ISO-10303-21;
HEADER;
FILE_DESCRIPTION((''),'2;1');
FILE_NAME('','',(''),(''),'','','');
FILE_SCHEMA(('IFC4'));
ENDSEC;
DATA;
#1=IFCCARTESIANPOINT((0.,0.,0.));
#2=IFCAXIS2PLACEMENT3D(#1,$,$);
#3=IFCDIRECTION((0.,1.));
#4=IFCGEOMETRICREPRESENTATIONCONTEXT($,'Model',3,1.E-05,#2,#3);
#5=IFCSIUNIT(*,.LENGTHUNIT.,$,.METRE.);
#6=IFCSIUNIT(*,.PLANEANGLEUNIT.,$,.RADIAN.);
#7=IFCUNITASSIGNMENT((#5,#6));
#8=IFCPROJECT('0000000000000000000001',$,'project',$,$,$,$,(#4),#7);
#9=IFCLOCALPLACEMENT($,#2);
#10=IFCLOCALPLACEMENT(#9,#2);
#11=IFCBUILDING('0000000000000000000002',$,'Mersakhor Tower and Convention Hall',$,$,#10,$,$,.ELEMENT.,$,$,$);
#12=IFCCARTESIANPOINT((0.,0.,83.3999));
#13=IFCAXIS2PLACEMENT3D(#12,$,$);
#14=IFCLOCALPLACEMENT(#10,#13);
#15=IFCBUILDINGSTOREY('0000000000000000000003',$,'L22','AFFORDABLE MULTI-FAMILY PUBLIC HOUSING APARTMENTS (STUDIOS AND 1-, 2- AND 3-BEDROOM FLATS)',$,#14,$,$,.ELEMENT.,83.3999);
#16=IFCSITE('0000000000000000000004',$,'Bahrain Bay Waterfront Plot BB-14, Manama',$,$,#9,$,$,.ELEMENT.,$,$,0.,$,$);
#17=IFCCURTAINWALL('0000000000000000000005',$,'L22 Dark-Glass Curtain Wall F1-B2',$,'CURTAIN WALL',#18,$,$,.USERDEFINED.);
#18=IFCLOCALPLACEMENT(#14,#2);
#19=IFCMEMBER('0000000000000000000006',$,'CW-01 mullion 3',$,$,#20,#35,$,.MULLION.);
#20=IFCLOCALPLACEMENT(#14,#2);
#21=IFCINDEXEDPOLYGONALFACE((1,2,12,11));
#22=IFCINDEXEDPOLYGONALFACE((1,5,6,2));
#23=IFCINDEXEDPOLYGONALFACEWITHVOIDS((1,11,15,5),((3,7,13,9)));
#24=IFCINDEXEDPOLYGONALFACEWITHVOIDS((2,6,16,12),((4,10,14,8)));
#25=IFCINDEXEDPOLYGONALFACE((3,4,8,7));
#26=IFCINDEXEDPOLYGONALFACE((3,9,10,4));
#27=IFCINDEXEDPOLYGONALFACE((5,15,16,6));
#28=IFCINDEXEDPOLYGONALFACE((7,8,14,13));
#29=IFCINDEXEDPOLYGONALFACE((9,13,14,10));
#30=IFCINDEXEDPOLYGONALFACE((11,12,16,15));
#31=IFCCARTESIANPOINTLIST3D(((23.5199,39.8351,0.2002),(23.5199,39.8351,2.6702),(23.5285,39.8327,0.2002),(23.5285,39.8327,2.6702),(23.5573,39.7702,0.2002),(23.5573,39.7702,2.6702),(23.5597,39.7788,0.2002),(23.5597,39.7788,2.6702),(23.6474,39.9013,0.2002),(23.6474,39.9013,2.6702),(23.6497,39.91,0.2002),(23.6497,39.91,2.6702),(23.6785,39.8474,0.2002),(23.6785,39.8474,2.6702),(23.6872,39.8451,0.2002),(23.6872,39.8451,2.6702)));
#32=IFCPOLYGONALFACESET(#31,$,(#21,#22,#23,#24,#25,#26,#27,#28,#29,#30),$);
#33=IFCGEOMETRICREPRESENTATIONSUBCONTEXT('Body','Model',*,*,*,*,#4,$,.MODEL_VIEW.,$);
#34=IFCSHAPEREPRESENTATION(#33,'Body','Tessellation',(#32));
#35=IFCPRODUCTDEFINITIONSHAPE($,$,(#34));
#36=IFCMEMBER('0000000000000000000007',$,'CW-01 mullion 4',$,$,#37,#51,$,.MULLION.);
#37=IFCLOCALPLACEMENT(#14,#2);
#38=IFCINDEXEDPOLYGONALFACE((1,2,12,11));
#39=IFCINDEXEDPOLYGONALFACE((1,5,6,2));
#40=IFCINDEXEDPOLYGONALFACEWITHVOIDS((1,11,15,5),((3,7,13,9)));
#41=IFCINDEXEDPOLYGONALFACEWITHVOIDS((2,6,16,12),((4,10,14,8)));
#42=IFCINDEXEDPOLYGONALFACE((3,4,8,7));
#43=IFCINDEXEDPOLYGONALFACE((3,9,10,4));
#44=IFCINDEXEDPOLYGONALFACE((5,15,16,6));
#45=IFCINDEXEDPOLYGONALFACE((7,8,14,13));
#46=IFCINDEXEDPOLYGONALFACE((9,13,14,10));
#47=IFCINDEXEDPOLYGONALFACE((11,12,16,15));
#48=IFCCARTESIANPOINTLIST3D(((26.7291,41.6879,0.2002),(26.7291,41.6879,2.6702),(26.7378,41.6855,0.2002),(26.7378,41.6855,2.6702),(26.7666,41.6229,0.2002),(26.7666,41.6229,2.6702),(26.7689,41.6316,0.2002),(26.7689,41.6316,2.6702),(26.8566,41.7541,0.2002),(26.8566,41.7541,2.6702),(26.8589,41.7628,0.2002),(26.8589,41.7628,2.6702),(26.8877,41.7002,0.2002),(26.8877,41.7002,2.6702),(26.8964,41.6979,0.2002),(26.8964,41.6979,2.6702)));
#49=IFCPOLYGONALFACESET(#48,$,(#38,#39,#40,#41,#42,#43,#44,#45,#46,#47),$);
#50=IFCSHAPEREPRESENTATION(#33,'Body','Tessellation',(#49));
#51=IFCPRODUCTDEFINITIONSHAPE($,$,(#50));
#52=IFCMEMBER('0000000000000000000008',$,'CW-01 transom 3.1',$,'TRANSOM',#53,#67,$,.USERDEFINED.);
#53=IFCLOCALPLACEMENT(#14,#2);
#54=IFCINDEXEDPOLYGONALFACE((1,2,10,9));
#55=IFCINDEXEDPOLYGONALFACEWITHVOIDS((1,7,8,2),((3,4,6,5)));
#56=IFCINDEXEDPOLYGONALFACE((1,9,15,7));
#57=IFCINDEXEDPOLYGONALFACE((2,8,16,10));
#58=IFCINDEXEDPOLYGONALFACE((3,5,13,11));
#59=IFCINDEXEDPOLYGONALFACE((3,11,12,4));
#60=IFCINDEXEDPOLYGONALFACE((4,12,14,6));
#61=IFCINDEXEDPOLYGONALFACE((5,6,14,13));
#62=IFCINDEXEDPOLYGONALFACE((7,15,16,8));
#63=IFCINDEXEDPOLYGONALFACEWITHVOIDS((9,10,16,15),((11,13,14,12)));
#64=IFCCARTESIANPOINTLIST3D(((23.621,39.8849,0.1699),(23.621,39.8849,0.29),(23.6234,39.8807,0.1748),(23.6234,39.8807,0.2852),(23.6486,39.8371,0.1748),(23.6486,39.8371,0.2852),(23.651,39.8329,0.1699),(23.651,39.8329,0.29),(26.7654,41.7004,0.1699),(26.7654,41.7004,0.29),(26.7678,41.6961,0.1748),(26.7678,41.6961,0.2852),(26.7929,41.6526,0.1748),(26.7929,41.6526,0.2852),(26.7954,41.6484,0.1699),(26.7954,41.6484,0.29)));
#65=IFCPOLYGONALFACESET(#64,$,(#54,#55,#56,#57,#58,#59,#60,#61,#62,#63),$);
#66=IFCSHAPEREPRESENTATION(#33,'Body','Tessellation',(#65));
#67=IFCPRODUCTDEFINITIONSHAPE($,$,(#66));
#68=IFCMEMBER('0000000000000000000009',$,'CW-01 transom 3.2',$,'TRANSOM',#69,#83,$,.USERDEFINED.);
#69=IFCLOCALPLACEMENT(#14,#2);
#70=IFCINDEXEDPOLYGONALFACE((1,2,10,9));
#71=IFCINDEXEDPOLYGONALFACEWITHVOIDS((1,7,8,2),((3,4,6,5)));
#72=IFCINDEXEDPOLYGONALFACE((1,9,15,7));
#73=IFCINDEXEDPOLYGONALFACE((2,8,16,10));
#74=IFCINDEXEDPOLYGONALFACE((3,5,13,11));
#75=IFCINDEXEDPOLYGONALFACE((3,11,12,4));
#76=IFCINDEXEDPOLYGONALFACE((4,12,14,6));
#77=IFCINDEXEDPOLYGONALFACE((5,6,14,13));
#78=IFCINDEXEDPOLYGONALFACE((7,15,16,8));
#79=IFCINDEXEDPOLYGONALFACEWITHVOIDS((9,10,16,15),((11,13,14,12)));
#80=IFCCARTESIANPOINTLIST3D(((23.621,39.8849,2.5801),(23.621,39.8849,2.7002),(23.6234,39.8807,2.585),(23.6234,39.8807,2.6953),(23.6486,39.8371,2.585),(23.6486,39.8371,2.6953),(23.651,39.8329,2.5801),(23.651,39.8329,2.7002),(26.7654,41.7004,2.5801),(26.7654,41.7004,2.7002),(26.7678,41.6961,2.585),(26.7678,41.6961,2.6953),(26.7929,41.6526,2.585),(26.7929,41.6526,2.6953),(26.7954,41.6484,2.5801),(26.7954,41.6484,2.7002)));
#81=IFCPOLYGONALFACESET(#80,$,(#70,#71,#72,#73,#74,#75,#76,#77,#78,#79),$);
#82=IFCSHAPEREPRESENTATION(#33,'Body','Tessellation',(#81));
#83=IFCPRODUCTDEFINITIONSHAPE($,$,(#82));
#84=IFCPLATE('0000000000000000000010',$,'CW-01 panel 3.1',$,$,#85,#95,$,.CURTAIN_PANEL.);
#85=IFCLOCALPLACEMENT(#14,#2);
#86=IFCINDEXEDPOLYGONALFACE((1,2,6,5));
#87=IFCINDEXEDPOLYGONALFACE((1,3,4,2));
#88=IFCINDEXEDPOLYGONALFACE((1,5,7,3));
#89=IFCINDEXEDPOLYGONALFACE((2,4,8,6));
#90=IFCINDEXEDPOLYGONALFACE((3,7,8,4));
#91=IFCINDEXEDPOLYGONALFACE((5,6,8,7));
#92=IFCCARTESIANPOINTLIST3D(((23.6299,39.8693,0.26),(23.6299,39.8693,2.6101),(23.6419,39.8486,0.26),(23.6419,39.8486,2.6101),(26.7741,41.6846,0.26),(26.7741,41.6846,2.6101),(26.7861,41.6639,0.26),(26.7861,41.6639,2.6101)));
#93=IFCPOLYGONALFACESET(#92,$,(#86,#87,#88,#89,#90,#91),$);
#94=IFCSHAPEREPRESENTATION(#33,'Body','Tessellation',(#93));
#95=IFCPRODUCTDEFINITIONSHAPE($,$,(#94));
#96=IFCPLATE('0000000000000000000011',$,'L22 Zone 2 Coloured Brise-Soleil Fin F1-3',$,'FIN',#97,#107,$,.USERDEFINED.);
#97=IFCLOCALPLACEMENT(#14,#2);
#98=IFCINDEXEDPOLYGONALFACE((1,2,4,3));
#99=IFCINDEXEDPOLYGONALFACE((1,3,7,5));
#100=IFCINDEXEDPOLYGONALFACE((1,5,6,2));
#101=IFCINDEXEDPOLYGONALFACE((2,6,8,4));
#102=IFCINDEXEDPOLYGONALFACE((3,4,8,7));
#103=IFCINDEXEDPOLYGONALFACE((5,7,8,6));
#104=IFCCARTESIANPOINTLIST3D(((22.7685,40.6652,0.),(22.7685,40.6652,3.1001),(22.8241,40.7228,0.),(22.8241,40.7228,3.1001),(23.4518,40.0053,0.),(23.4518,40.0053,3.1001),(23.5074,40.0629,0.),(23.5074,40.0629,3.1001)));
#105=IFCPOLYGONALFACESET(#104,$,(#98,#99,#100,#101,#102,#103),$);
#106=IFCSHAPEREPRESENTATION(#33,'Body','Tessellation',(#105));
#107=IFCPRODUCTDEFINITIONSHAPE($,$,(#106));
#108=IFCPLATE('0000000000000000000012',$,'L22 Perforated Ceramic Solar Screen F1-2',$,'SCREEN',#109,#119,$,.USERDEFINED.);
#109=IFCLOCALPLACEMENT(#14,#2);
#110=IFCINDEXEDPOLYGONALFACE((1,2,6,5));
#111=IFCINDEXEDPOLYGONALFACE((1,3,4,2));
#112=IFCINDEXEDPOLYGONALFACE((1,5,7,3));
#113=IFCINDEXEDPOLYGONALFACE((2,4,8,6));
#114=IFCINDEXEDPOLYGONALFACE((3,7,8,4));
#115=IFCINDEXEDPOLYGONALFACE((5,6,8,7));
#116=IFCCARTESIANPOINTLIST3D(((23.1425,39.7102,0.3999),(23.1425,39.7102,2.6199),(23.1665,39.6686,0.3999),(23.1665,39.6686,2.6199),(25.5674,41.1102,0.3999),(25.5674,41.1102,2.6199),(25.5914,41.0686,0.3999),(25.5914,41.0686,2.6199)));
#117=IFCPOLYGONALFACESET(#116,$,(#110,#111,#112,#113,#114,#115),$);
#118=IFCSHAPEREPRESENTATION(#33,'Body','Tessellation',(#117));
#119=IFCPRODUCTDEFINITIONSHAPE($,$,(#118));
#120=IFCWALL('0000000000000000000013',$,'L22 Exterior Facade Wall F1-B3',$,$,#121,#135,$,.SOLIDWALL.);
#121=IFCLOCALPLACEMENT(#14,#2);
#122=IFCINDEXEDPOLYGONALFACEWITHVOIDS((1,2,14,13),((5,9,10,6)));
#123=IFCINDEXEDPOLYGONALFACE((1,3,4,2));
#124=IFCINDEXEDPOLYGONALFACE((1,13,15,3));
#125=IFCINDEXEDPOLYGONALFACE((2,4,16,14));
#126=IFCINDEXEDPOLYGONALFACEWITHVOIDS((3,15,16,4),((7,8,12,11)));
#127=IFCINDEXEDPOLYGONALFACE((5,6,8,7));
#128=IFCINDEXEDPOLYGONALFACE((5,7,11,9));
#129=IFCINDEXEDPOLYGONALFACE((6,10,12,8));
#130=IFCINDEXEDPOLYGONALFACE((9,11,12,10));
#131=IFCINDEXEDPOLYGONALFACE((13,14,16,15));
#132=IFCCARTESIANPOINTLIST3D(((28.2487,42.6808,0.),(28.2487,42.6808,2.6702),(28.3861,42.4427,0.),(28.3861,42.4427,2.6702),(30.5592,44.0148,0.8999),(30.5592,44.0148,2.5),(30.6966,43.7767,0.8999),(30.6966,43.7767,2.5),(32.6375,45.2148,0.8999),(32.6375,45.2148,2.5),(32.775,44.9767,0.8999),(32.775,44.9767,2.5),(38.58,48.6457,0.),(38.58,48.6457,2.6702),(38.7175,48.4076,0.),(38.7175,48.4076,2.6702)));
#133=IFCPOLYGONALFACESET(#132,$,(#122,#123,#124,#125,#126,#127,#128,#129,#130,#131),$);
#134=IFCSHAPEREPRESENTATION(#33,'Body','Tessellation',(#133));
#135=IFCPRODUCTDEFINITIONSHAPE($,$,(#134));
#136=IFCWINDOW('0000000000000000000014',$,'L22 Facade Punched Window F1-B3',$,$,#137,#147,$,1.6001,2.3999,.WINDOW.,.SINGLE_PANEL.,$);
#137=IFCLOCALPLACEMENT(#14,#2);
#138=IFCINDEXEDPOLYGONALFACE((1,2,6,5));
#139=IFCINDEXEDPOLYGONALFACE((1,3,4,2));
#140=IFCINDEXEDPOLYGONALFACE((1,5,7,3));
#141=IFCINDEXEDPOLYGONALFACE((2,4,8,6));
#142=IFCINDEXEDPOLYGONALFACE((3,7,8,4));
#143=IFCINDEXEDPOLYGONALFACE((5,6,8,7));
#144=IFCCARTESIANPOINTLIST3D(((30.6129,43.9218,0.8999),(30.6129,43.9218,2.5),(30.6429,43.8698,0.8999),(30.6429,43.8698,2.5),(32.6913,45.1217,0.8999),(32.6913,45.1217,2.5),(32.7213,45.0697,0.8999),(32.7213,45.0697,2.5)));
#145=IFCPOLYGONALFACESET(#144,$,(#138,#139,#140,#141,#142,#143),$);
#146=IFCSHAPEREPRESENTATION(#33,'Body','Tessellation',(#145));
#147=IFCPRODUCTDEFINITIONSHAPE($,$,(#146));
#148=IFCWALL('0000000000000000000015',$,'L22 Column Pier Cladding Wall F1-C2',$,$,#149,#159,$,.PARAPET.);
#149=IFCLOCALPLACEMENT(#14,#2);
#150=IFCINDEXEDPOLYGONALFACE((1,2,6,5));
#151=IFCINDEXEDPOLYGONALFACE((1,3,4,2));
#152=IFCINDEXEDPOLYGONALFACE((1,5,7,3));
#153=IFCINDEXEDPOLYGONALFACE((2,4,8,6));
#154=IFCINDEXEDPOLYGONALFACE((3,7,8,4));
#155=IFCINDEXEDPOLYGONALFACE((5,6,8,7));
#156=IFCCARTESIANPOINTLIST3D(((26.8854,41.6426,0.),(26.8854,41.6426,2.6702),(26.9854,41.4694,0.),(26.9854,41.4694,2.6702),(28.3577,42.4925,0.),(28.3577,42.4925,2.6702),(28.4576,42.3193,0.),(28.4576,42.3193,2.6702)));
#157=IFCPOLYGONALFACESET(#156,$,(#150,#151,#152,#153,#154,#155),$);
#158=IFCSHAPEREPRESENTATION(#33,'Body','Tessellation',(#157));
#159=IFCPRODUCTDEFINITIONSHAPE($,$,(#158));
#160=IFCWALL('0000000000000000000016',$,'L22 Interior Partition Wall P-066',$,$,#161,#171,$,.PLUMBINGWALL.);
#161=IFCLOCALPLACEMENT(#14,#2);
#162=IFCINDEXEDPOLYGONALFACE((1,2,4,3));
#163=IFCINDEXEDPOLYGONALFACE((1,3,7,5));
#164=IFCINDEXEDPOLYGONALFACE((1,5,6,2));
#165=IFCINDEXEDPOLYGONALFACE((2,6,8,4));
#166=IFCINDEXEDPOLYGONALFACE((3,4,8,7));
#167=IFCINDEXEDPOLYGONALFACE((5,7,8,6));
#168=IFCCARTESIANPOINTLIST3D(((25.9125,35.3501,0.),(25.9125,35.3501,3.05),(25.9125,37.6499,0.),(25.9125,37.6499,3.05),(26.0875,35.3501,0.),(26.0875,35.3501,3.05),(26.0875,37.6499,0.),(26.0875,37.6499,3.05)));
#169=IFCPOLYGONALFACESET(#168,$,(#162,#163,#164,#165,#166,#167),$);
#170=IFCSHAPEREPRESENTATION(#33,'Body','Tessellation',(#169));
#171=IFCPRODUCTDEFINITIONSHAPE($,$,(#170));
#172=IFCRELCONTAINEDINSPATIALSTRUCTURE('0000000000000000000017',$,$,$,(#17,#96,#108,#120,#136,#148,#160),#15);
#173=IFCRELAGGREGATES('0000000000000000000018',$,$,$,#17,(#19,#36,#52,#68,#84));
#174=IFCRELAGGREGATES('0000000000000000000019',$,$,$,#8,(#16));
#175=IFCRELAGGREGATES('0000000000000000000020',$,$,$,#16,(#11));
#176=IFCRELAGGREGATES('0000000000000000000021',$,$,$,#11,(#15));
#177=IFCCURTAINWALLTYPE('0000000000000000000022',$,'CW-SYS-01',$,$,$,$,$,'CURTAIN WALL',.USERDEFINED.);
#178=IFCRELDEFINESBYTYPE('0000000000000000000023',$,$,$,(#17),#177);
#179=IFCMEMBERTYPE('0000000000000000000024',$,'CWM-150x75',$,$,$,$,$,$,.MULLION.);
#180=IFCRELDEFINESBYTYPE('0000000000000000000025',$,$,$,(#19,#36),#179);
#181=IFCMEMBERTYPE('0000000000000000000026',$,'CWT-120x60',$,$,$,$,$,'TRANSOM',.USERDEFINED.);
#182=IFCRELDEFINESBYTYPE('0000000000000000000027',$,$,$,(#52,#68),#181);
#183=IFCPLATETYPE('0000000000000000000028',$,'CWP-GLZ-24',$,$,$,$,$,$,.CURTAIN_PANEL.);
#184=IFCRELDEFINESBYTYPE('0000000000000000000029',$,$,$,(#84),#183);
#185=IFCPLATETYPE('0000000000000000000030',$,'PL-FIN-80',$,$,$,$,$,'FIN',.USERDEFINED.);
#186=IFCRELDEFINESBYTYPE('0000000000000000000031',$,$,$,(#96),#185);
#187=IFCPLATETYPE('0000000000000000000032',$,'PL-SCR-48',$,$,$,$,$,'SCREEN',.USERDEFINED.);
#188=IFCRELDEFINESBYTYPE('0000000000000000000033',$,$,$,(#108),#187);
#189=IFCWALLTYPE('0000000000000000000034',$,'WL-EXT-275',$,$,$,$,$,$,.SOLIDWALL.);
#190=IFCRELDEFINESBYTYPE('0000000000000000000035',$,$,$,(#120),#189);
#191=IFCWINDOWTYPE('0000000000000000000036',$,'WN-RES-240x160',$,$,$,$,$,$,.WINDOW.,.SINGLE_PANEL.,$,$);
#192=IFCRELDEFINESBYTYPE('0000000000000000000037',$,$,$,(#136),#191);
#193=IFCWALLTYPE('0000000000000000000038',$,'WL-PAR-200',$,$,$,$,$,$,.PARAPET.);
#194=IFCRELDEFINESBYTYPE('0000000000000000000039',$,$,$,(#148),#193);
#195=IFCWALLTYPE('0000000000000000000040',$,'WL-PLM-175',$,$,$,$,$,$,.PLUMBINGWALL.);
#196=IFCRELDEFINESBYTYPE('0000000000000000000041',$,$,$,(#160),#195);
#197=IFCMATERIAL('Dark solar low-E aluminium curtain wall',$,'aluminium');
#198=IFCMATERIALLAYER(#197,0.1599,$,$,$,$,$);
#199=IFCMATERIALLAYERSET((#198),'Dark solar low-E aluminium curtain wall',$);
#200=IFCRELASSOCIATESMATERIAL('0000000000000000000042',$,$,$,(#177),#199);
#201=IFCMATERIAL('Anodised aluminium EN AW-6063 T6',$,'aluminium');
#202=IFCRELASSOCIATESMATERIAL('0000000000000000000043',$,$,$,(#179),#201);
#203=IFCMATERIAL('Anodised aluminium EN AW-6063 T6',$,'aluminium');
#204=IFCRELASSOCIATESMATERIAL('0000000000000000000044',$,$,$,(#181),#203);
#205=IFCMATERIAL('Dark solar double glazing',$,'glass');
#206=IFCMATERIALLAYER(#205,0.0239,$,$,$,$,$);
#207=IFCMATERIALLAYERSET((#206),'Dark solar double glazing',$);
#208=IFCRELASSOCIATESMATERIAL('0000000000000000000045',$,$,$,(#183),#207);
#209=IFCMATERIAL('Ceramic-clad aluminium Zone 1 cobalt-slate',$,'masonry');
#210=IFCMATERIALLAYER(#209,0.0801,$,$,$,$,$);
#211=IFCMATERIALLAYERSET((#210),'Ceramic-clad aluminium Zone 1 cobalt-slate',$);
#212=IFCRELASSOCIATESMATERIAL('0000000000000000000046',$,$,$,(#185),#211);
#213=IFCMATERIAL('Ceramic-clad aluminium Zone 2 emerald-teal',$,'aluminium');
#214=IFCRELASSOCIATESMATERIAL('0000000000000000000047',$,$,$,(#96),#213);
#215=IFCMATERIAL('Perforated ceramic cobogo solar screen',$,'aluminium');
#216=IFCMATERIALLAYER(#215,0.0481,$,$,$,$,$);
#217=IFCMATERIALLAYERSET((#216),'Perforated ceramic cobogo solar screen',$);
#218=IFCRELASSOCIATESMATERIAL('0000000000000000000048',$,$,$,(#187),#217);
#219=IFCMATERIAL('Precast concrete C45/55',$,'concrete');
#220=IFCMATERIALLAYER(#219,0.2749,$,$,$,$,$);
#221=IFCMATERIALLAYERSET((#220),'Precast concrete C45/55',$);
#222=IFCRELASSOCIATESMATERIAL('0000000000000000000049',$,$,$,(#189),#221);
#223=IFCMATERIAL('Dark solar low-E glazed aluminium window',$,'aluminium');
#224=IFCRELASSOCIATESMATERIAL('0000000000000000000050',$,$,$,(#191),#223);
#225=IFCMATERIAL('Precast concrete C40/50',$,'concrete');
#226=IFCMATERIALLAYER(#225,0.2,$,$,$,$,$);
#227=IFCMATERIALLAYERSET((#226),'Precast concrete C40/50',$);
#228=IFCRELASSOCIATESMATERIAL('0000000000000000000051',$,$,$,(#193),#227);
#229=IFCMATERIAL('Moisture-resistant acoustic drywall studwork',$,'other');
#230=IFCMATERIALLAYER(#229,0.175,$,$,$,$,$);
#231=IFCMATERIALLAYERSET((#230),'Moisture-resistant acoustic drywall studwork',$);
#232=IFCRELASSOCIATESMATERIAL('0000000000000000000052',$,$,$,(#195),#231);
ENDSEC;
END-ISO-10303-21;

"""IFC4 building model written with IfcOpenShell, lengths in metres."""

from ifc_helpers import new_model, si_unit, direction, frame, frame_2d, origin, origin_2d, place, context, subcontext, project, spatial, rectangle, hollow_rectangle, extrude, material, layer, layer_set, material_profile, profile_set, type_object, element, fill, aggregate, save


model = new_model("IFC4")

# Units and contexts
model_context = context("Model", 3, precision=1e-05, world=origin(), true_north=direction((0.0, 1.0)))
body_context = subcontext(model_context, "Body", "Model", "MODEL_VIEW")
ifc_project = project(units=[si_unit("LENGTHUNIT", "METRE"), si_unit("PLANEANGLEUNIT", "RADIAN")], contexts=[model_context])

# Site, building, storey
site_placement = place(None, origin())
site = spatial("IfcSite", under=ifc_project, at=site_placement, Name="Bahrain Bay Waterfront Plot BB-14, Manama", CompositionType="ELEMENT", RefElevation=0.0)
building_placement = place(site_placement, origin())
building = spatial("IfcBuilding", under=site, at=building_placement, Name="Mersakhor Tower and Convention Hall", CompositionType="ELEMENT")
storey_placement = place(building_placement, frame((0.0, 0.0, 83.3999)))
storey = spatial("IfcBuildingStorey", under=building, at=storey_placement, Name="L22", Description="AFFORDABLE MULTI-FAMILY PUBLIC HOUSING APARTMENTS (STUDIOS AND 1-, 2- AND 3-BEDROOM FLATS)", CompositionType="ELEMENT", Elevation=83.3999)

# Curtain wall, members, plate
ifc_material_1 = material(Name="Dark solar low-E aluminium curtain wall", Category="aluminium")
ifc_layer_1 = layer(ifc_material_1, 0.1599)
ifc_layer_set_1 = layer_set([ifc_layer_1], Name="Dark solar low-E aluminium curtain wall")
curtain_wall_type = type_object("IfcCurtainWallType", Name="CW-SYS-01", ElementType="CURTAIN WALL", PredefinedType="USERDEFINED", material=ifc_layer_set_1)
curtain_wall_placement = place(storey_placement, origin())
curtain_wall = element("IfcCurtainWall", 1, at=curtain_wall_placement, inside=storey, type_object=curtain_wall_type, Name="L22 Dark-Glass Curtain Wall F1-B2", ObjectType="CURTAIN WALL", PredefinedType="USERDEFINED")
ifc_material_2 = material(Name="Anodised aluminium EN AW-6063 T6", Category="aluminium")
ifc_material_profile_1 = material_profile(ifc_material_2, hollow_rectangle(XDim=0.075, YDim=0.1499, WallThickness=0.0063, at=origin_2d()), Name="RHS 150x75x6.3")
ifc_profile_set_1 = profile_set([ifc_material_profile_1], Name="Anodised aluminium EN AW-6063 T6")
member_type_1 = type_object("IfcMemberType", Name="CWM-150x75", PredefinedType="MULLION", material=ifc_profile_set_1)
member_1_placement = place(storey_placement, frame((23.6035, 39.8401, 0.2002), z_axis=(0.0, 0.0, 1.0), x_axis=(-0.499998, 0.866027, 0.0)))
member_1 = element("IfcMember", 2, at=member_1_placement, type_object=member_type_1, Name="CW-01 mullion 3", PredefinedType="MULLION", context=body_context, shape_type="SweptSolid", body=[
    extrude(hollow_rectangle(XDim=0.075, YDim=0.1499, WallThickness=0.0063, at=origin_2d()), origin(), (0.0, 0.0, 1.0), 2.47),
])
member_2_placement = place(storey_placement, frame((26.8127, 41.6929, 0.2002), z_axis=(0.0, 0.0, 1.0), x_axis=(-0.499998, 0.866027, 0.0)))
member_2 = element("IfcMember", 3, at=member_2_placement, type_object=member_type_1, Name="CW-01 mullion 4", PredefinedType="MULLION", context=body_context, shape_type="SweptSolid", body=[
    extrude(hollow_rectangle(XDim=0.075, YDim=0.1499, WallThickness=0.0063, at=origin_2d()), origin(), (0.0, 0.0, 1.0), 2.47),
])
ifc_material_3 = material(Name="Anodised aluminium EN AW-6063 T6", Category="aluminium")
ifc_material_profile_2 = material_profile(ifc_material_3, hollow_rectangle(XDim=0.0601, YDim=0.1201, WallThickness=0.0049, at=origin_2d()), Name="RHS 120x60x5")
ifc_profile_set_2 = profile_set([ifc_material_profile_2], Name="Anodised aluminium EN AW-6063 T6")
member_type_2 = type_object("IfcMemberType", Name="CWT-120x60", ElementType="TRANSOM", PredefinedType="USERDEFINED", material=ifc_profile_set_2)
member_3_placement = place(storey_placement, frame((23.636, 39.8589, 0.23), z_axis=(0.866016, 0.500015, 0.0), x_axis=(-0.500015, 0.866016, 0.0)))
member_3 = element("IfcMember", 4, at=member_3_placement, type_object=member_type_2, Name="CW-01 transom 3.1", ObjectType="TRANSOM", PredefinedType="USERDEFINED", context=body_context, shape_type="SweptSolid", body=[
    extrude(hollow_rectangle(XDim=0.0601, YDim=0.1201, WallThickness=0.0049, at=origin_2d()), origin(), (0.0, 0.0, 1.0), 3.6309),
])
member_4_placement = place(storey_placement, frame((23.636, 39.8589, 2.6401), z_axis=(0.866016, 0.500015, 0.0), x_axis=(-0.500015, 0.866016, 0.0)))
member_4 = element("IfcMember", 5, at=member_4_placement, type_object=member_type_2, Name="CW-01 transom 3.2", ObjectType="TRANSOM", PredefinedType="USERDEFINED", context=body_context, shape_type="SweptSolid", body=[
    extrude(hollow_rectangle(XDim=0.0601, YDim=0.1201, WallThickness=0.0049, at=origin_2d()), origin(), (0.0, 0.0, 1.0), 3.6309),
])
ifc_material_4 = material(Name="Dark solar double glazing", Category="glass")
ifc_layer_2 = layer(ifc_material_4, 0.0239)
ifc_layer_set_2 = layer_set([ifc_layer_2], Name="Dark solar double glazing")
plate_type_1 = type_object("IfcPlateType", Name="CWP-GLZ-24", PredefinedType="CURTAIN_PANEL", material=ifc_layer_set_2)
plate_1_placement = place(storey_placement, frame((25.208, 40.7666, 0.26), z_axis=(0.0, 0.0, 1.0), x_axis=(0.866027, 0.499998, 0.0)))
plate_1 = element("IfcPlate", 6, at=plate_1_placement, type_object=plate_type_1, Name="CW-01 panel 3.1", PredefinedType="CURTAIN_PANEL", context=body_context, shape_type="SweptSolid", body=[
    extrude(rectangle(XDim=3.6306, YDim=0.0239, at=origin_2d()), origin(), (0.0, 0.0, 1.0), 2.3501),
])
aggregate(curtain_wall, [member_1, member_2, member_3, member_4, plate_1])

# Plates
ifc_material_5 = material(Name="Ceramic-clad aluminium Zone 2 emerald-teal", Category="aluminium")
ifc_material_6 = material(Name="Ceramic-clad aluminium Zone 1 cobalt-slate", Category="masonry")
ifc_layer_3 = layer(ifc_material_6, 0.0801)
ifc_layer_set_3 = layer_set([ifc_layer_3], Name="Ceramic-clad aluminium Zone 1 cobalt-slate")
plate_type_2 = type_object("IfcPlateType", Name="PL-FIN-80", ElementType="FIN", PredefinedType="USERDEFINED", material=ifc_layer_set_3)
plate_2_placement = place(storey_placement, frame((23.1379, 40.364, 0.0), z_axis=(0.0, 0.0, 1.0), x_axis=(-0.71934, 0.694658, 0.0)))
element("IfcPlate", 7, at=plate_2_placement, inside=storey, type_object=plate_type_2, material=ifc_material_5, Name="L22 Zone 2 Coloured Brise-Soleil Fin F1-3", ObjectType="FIN", PredefinedType="USERDEFINED", context=body_context, shape_type="SweptSolid", body=[
    extrude(rectangle(XDim=0.95, YDim=0.0801, at=origin_2d()), origin(), (0.0, 0.0, 1.0), 3.1001),
])
ifc_material_7 = material(Name="Perforated ceramic cobogo solar screen", Category="aluminium")
ifc_layer_4 = layer(ifc_material_7, 0.0481)
ifc_layer_set_4 = layer_set([ifc_layer_4], Name="Perforated ceramic cobogo solar screen")
plate_type_3 = type_object("IfcPlateType", Name="PL-SCR-48", ElementType="SCREEN", PredefinedType="USERDEFINED", material=ifc_layer_set_4)
plate_3_placement = place(storey_placement, frame((24.3669, 40.3894, 0.3999), z_axis=(0.0, 0.0, 1.0), x_axis=(0.866025, 0.5, 0.0)))
element("IfcPlate", 8, at=plate_3_placement, inside=storey, type_object=plate_type_3, Name="L22 Perforated Ceramic Solar Screen F1-2", ObjectType="SCREEN", PredefinedType="USERDEFINED", context=body_context, shape_type="SweptSolid", body=[
    extrude(rectangle(XDim=2.8, YDim=0.0481, at=origin_2d()), origin(), (0.0, 0.0, 1.0), 2.22),
])

# Wall, opening, window
ifc_material_8 = material(Name="Precast concrete C45/55", Category="concrete")
ifc_layer_5 = layer(ifc_material_8, 0.2749)
ifc_layer_set_5 = layer_set([ifc_layer_5], Name="Precast concrete C45/55")
wall_type_1 = type_object("IfcWallType", Name="WL-EXT-275", PredefinedType="SOLIDWALL", material=ifc_layer_set_5)
wall_1_placement = place(storey_placement, frame((28.3174, 42.5618, 0.0), z_axis=(0.0, 0.0, 1.0), x_axis=(0.866023, 0.500004, 0.0)))
wall_1 = element("IfcWall", 9, at=wall_1_placement, inside=storey, type_object=wall_type_1, Name="L22 Exterior Facade Wall F1-B3", PredefinedType="SOLIDWALL", context=body_context, shape_type="SweptSolid", body=[
    extrude(rectangle(XDim=11.9297, YDim=0.2749, at=frame_2d((5.9648, 0.0))), origin(), (0.0, 0.0, 1.0), 2.6702),
])
opening_1_placement = place(wall_1_placement, frame((2.668, 0.0, 0.8999)))
opening_1 = element("IfcOpeningElement", 10, at=opening_1_placement, cuts=wall_1, PredefinedType="OPENING", context=body_context, shape_type="SweptSolid", body=[
    extrude(rectangle(XDim=2.3999, YDim=1.6001, at=frame_2d((1.2, 0.8))), frame((0.0, 0.1475, 0.0), z_axis=(0.0, -1.0, 0.0), x_axis=(1.0, 0.0, 0.0)), (0.0, 0.0, 1.0), 0.2949),
])
ifc_material_9 = material(Name="Dark solar low-E glazed aluminium window", Category="aluminium")
window_type = type_object("IfcWindowType", Name="WN-RES-240x160", PartitioningType="SINGLE_PANEL", PredefinedType="WINDOW", material=ifc_material_9)
window_placement = place(opening_1_placement, origin())
window = element("IfcWindow", 11, at=window_placement, inside=storey, type_object=window_type, Name="L22 Facade Punched Window F1-B3", OverallHeight=1.6001, OverallWidth=2.3999, PartitioningType="SINGLE_PANEL", PredefinedType="WINDOW", context=body_context, shape_type="SweptSolid", body=[
    extrude(rectangle(XDim=2.3999, YDim=1.6001, at=frame_2d((1.2, 0.8))), frame((0.0, 0.03, 0.0), z_axis=(0.0, -1.0, 0.0), x_axis=(1.0, 0.0, 0.0)), (0.0, 0.0, 1.0), 0.0601),
])
fill(opening_1, window)

# Walls
ifc_material_10 = material(Name="Precast concrete C40/50", Category="concrete")
ifc_layer_6 = layer(ifc_material_10, 0.2)
ifc_layer_set_6 = layer_set([ifc_layer_6], Name="Precast concrete C40/50")
wall_type_2 = type_object("IfcWallType", Name="WL-PAR-200", PredefinedType="PARAPET", material=ifc_layer_set_6)
wall_2_placement = place(storey_placement, frame((26.9353, 41.5559, 0.0), z_axis=(0.0, 0.0, 1.0), x_axis=(0.866052, 0.499955, 0.0)))
element("IfcWall", 12, at=wall_2_placement, inside=storey, type_object=wall_type_2, Name="L22 Column Pier Cladding Wall F1-C2", PredefinedType="PARAPET", context=body_context, shape_type="SweptSolid", body=[
    extrude(rectangle(XDim=1.7, YDim=0.2, at=frame_2d((0.8501, 0.0))), origin(), (0.0, 0.0, 1.0), 2.6702),
])
ifc_material_11 = material(Name="Moisture-resistant acoustic drywall studwork", Category="other")
ifc_layer_7 = layer(ifc_material_11, 0.175)
ifc_layer_set_7 = layer_set([ifc_layer_7], Name="Moisture-resistant acoustic drywall studwork")
wall_type_3 = type_object("IfcWallType", Name="WL-PLM-175", PredefinedType="PLUMBINGWALL", material=ifc_layer_set_7)
wall_3_placement = place(storey_placement, frame((26.0, 35.3501, 0.0), z_axis=(0.0, 0.0, 1.0), x_axis=(0.0, 1.0, 0.0)))
element("IfcWall", 13, at=wall_3_placement, inside=storey, type_object=wall_type_3, Name="L22 Interior Partition Wall P-066", PredefinedType="PLUMBINGWALL", context=body_context, shape_type="SweptSolid", body=[
    extrude(rectangle(XDim=2.2998, YDim=0.175, at=frame_2d((1.1499, 0.0))), origin(), (0.0, 0.0, 1.0), 3.05),
])

save(model, "model.ifc")
